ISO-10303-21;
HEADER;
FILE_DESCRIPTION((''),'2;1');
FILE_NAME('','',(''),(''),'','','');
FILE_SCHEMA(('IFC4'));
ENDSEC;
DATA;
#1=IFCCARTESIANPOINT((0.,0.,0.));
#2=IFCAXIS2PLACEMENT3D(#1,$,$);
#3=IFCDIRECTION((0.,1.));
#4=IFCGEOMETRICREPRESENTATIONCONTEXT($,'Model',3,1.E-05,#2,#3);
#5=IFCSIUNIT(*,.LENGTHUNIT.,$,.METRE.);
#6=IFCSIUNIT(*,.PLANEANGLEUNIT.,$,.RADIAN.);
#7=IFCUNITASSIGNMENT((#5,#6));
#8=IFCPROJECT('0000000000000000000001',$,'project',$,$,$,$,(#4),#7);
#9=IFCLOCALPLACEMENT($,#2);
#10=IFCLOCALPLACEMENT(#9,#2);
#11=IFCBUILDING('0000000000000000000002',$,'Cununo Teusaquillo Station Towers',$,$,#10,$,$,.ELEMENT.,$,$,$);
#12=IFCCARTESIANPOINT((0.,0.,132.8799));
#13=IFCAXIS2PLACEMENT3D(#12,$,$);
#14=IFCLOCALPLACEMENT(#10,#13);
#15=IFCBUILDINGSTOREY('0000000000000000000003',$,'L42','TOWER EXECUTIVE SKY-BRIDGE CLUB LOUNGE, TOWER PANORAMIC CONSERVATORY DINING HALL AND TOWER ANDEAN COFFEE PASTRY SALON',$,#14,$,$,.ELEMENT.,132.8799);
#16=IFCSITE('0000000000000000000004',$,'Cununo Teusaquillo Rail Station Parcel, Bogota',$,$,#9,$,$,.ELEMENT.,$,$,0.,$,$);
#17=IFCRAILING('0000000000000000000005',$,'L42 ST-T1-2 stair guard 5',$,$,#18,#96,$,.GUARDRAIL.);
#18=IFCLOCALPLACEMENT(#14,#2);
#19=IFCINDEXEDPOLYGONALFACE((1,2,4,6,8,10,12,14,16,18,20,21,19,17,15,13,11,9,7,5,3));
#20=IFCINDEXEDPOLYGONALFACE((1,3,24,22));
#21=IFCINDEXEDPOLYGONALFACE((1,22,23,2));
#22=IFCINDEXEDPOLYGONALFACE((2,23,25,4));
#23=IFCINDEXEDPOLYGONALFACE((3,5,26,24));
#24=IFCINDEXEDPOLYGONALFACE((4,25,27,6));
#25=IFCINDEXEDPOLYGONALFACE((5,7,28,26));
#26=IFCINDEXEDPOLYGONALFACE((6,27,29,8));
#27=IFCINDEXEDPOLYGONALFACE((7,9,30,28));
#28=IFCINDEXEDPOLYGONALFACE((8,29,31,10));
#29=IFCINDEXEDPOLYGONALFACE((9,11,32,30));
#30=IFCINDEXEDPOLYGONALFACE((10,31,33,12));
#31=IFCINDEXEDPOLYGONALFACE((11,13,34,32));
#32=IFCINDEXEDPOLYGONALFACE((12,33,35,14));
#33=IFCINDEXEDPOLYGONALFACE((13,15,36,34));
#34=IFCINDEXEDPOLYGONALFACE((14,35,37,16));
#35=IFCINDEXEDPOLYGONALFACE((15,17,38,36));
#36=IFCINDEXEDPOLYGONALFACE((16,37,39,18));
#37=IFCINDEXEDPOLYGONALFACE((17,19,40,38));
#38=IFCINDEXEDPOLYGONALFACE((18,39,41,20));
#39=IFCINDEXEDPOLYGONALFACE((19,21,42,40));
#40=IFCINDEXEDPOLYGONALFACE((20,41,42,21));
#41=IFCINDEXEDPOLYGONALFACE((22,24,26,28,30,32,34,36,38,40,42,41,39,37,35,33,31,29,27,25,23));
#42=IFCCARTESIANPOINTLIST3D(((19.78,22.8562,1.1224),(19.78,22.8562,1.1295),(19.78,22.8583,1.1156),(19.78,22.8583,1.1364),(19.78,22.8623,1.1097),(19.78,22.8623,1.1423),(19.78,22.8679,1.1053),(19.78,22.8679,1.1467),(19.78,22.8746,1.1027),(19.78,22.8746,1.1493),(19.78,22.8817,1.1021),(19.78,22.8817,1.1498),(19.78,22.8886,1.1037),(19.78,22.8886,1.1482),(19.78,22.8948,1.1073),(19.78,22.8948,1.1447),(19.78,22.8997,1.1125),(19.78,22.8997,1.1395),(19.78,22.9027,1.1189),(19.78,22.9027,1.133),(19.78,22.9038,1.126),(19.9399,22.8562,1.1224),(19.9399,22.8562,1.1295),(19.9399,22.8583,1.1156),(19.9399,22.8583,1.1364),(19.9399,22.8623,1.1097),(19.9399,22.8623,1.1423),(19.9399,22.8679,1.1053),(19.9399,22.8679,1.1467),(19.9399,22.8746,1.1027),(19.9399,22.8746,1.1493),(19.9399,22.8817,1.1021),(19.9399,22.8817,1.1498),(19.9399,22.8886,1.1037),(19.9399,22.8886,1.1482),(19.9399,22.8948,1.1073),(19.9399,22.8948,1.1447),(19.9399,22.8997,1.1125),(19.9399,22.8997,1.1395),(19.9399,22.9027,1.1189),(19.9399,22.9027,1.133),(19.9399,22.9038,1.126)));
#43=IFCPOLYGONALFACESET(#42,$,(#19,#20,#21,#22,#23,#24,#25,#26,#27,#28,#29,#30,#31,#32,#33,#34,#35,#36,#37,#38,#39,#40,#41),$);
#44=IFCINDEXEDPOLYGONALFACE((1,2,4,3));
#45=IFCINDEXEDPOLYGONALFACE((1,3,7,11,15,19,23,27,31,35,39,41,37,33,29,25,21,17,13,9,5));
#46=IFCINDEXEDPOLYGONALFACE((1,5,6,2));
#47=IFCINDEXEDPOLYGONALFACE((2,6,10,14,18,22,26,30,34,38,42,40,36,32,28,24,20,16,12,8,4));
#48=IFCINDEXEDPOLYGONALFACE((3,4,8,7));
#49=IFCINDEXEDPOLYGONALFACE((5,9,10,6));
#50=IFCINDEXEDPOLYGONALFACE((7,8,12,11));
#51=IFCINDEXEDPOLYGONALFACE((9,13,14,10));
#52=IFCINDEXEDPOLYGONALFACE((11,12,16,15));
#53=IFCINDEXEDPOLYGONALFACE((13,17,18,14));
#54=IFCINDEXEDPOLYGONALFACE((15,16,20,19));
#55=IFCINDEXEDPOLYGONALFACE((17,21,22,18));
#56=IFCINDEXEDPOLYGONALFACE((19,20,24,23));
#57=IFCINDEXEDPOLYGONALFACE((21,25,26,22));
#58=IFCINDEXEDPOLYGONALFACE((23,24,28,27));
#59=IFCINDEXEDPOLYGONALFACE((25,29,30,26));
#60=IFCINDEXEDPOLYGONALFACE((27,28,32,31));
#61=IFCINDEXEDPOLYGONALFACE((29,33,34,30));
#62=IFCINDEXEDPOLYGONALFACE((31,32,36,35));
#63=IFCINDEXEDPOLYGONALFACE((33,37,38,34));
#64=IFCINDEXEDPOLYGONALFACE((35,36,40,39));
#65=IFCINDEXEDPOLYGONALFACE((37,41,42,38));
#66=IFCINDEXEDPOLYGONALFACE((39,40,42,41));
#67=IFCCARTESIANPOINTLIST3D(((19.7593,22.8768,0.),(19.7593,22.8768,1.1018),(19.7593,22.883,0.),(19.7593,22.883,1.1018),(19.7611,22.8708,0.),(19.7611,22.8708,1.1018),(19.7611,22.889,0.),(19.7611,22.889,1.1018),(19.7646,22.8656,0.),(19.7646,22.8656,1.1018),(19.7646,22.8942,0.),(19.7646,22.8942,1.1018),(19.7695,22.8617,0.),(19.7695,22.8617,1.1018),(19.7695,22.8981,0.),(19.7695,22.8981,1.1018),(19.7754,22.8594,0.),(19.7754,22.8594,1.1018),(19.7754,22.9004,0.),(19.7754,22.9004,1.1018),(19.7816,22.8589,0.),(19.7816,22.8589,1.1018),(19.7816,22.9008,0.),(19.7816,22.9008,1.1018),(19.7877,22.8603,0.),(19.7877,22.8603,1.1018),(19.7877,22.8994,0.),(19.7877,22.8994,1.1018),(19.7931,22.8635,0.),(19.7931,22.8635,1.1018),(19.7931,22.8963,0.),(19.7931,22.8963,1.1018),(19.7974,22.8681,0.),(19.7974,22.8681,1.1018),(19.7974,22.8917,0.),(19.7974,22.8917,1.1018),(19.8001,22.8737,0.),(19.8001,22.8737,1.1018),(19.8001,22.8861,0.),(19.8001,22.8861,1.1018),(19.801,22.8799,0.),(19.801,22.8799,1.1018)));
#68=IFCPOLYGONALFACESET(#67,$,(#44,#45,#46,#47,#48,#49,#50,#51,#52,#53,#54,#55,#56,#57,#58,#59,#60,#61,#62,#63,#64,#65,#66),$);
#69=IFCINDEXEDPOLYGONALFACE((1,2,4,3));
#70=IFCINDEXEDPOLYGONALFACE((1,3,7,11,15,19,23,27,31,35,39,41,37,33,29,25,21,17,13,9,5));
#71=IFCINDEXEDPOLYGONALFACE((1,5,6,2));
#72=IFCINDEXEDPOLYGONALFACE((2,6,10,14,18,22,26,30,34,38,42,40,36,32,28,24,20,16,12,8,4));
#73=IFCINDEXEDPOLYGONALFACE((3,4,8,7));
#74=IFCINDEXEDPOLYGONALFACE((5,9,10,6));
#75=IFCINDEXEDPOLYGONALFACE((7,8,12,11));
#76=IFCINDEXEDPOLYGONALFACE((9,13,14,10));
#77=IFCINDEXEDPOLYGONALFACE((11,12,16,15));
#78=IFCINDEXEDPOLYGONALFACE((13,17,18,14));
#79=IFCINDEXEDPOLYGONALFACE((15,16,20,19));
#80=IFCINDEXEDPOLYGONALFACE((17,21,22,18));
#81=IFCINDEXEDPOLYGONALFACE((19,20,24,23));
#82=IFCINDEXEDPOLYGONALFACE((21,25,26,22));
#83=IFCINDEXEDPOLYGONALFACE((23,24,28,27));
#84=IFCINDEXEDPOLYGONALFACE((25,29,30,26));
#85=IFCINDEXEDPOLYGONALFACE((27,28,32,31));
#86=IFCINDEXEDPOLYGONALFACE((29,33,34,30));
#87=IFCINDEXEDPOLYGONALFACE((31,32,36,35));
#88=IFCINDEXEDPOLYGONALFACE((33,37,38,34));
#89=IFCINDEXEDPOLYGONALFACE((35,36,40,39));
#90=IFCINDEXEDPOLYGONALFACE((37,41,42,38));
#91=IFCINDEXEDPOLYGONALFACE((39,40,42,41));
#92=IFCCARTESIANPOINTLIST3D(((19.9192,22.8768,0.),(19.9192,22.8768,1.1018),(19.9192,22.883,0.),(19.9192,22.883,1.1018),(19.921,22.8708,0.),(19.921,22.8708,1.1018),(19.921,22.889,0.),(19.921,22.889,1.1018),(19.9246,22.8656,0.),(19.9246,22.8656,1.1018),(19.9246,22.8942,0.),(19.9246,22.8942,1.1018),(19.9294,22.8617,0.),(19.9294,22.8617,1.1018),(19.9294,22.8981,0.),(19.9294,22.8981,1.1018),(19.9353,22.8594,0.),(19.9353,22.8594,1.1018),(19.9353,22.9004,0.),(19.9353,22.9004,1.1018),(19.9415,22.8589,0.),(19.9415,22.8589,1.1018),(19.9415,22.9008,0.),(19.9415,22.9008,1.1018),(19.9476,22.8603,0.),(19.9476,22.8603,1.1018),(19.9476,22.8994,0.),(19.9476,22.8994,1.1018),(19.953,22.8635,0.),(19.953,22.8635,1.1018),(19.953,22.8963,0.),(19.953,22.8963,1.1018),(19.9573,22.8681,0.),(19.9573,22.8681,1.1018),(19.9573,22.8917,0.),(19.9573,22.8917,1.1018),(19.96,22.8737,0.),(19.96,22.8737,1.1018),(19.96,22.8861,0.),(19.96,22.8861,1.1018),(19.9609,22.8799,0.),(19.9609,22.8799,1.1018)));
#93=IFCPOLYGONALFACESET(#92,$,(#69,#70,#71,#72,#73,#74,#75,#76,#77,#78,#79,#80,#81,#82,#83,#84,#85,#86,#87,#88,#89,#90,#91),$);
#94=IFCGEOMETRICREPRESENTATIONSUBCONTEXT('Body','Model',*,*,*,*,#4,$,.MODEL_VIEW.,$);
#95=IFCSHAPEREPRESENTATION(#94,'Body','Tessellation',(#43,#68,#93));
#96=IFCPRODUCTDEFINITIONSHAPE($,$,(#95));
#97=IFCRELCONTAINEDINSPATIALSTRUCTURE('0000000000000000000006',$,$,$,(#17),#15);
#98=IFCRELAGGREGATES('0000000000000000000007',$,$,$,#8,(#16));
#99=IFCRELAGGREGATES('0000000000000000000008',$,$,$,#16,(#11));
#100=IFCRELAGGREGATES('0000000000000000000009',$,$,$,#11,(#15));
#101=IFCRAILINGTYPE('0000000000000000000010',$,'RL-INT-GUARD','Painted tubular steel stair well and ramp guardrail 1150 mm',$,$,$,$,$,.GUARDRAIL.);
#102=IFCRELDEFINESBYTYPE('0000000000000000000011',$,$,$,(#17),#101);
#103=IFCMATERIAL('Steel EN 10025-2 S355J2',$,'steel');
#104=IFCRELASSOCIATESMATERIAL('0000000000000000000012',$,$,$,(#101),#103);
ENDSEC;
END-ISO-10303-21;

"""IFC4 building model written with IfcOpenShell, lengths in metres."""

from ifc_helpers import new_model, si_unit, direction, frame, origin, origin_2d, place, context, subcontext, project, spatial, circle, extrude, material, type_object, element, save


model = new_model("IFC4")

# Units and contexts
model_context = context("Model", 3, precision=1e-05, world=origin(), true_north=direction((0.0, 1.0)))
body_context = subcontext(model_context, "Body", "Model", "MODEL_VIEW")
ifc_project = project(units=[si_unit("LENGTHUNIT", "METRE"), si_unit("PLANEANGLEUNIT", "RADIAN")], contexts=[model_context])

# Site, building, storey
site_placement = place(None, origin())
site = spatial("IfcSite", under=ifc_project, at=site_placement, Name="Cununo Teusaquillo Rail Station Parcel, Bogota", CompositionType="ELEMENT", RefElevation=0.0)
building_placement = place(site_placement, origin())
building = spatial("IfcBuilding", under=site, at=building_placement, Name="Cununo Teusaquillo Station Towers", CompositionType="ELEMENT")
storey_placement = place(building_placement, frame((0.0, 0.0, 132.8799)))
storey = spatial("IfcBuildingStorey", under=building, at=storey_placement, Name="L42", Description="TOWER EXECUTIVE SKY-BRIDGE CLUB LOUNGE, TOWER PANORAMIC CONSERVATORY DINING HALL AND TOWER ANDEAN COFFEE PASTRY SALON", CompositionType="ELEMENT", Elevation=132.8799)

# Railing
ifc_material_1 = material(Name="Steel EN 10025-2 S355J2", Category="steel")
railing_type_1 = type_object("IfcRailingType", Name="RL-INT-GUARD", Description="Painted tubular steel stair well and ramp guardrail 1150 mm", PredefinedType="GUARDRAIL", material=ifc_material_1)
railing_1_placement = place(storey_placement, frame((19.78, 22.8799, 0.0)))
element("IfcRailing", 1, at=railing_1_placement, inside=storey, type_object=railing_type_1, Name="L42 ST-T1-2 stair guard 5", PredefinedType="GUARDRAIL", context=body_context, shape_type="SweptSolid", body=[
    extrude(circle(Radius=0.0239, at=origin_2d()), frame((0.0, 0.0, 1.126), z_axis=(1.0, 0.0, 0.0), x_axis=(0.0, 1.0, 0.0)), (0.0, 0.0, 1.0), 0.1599),
    extrude(circle(Radius=0.021, at=origin_2d()), origin(), (0.0, 0.0, 1.0), 1.1018),
    extrude(circle(Radius=0.021, at=origin_2d()), frame((0.1599, 0.0, 0.0)), (0.0, 0.0, 1.0), 1.1018),
])

save(model, "model.ifc")
